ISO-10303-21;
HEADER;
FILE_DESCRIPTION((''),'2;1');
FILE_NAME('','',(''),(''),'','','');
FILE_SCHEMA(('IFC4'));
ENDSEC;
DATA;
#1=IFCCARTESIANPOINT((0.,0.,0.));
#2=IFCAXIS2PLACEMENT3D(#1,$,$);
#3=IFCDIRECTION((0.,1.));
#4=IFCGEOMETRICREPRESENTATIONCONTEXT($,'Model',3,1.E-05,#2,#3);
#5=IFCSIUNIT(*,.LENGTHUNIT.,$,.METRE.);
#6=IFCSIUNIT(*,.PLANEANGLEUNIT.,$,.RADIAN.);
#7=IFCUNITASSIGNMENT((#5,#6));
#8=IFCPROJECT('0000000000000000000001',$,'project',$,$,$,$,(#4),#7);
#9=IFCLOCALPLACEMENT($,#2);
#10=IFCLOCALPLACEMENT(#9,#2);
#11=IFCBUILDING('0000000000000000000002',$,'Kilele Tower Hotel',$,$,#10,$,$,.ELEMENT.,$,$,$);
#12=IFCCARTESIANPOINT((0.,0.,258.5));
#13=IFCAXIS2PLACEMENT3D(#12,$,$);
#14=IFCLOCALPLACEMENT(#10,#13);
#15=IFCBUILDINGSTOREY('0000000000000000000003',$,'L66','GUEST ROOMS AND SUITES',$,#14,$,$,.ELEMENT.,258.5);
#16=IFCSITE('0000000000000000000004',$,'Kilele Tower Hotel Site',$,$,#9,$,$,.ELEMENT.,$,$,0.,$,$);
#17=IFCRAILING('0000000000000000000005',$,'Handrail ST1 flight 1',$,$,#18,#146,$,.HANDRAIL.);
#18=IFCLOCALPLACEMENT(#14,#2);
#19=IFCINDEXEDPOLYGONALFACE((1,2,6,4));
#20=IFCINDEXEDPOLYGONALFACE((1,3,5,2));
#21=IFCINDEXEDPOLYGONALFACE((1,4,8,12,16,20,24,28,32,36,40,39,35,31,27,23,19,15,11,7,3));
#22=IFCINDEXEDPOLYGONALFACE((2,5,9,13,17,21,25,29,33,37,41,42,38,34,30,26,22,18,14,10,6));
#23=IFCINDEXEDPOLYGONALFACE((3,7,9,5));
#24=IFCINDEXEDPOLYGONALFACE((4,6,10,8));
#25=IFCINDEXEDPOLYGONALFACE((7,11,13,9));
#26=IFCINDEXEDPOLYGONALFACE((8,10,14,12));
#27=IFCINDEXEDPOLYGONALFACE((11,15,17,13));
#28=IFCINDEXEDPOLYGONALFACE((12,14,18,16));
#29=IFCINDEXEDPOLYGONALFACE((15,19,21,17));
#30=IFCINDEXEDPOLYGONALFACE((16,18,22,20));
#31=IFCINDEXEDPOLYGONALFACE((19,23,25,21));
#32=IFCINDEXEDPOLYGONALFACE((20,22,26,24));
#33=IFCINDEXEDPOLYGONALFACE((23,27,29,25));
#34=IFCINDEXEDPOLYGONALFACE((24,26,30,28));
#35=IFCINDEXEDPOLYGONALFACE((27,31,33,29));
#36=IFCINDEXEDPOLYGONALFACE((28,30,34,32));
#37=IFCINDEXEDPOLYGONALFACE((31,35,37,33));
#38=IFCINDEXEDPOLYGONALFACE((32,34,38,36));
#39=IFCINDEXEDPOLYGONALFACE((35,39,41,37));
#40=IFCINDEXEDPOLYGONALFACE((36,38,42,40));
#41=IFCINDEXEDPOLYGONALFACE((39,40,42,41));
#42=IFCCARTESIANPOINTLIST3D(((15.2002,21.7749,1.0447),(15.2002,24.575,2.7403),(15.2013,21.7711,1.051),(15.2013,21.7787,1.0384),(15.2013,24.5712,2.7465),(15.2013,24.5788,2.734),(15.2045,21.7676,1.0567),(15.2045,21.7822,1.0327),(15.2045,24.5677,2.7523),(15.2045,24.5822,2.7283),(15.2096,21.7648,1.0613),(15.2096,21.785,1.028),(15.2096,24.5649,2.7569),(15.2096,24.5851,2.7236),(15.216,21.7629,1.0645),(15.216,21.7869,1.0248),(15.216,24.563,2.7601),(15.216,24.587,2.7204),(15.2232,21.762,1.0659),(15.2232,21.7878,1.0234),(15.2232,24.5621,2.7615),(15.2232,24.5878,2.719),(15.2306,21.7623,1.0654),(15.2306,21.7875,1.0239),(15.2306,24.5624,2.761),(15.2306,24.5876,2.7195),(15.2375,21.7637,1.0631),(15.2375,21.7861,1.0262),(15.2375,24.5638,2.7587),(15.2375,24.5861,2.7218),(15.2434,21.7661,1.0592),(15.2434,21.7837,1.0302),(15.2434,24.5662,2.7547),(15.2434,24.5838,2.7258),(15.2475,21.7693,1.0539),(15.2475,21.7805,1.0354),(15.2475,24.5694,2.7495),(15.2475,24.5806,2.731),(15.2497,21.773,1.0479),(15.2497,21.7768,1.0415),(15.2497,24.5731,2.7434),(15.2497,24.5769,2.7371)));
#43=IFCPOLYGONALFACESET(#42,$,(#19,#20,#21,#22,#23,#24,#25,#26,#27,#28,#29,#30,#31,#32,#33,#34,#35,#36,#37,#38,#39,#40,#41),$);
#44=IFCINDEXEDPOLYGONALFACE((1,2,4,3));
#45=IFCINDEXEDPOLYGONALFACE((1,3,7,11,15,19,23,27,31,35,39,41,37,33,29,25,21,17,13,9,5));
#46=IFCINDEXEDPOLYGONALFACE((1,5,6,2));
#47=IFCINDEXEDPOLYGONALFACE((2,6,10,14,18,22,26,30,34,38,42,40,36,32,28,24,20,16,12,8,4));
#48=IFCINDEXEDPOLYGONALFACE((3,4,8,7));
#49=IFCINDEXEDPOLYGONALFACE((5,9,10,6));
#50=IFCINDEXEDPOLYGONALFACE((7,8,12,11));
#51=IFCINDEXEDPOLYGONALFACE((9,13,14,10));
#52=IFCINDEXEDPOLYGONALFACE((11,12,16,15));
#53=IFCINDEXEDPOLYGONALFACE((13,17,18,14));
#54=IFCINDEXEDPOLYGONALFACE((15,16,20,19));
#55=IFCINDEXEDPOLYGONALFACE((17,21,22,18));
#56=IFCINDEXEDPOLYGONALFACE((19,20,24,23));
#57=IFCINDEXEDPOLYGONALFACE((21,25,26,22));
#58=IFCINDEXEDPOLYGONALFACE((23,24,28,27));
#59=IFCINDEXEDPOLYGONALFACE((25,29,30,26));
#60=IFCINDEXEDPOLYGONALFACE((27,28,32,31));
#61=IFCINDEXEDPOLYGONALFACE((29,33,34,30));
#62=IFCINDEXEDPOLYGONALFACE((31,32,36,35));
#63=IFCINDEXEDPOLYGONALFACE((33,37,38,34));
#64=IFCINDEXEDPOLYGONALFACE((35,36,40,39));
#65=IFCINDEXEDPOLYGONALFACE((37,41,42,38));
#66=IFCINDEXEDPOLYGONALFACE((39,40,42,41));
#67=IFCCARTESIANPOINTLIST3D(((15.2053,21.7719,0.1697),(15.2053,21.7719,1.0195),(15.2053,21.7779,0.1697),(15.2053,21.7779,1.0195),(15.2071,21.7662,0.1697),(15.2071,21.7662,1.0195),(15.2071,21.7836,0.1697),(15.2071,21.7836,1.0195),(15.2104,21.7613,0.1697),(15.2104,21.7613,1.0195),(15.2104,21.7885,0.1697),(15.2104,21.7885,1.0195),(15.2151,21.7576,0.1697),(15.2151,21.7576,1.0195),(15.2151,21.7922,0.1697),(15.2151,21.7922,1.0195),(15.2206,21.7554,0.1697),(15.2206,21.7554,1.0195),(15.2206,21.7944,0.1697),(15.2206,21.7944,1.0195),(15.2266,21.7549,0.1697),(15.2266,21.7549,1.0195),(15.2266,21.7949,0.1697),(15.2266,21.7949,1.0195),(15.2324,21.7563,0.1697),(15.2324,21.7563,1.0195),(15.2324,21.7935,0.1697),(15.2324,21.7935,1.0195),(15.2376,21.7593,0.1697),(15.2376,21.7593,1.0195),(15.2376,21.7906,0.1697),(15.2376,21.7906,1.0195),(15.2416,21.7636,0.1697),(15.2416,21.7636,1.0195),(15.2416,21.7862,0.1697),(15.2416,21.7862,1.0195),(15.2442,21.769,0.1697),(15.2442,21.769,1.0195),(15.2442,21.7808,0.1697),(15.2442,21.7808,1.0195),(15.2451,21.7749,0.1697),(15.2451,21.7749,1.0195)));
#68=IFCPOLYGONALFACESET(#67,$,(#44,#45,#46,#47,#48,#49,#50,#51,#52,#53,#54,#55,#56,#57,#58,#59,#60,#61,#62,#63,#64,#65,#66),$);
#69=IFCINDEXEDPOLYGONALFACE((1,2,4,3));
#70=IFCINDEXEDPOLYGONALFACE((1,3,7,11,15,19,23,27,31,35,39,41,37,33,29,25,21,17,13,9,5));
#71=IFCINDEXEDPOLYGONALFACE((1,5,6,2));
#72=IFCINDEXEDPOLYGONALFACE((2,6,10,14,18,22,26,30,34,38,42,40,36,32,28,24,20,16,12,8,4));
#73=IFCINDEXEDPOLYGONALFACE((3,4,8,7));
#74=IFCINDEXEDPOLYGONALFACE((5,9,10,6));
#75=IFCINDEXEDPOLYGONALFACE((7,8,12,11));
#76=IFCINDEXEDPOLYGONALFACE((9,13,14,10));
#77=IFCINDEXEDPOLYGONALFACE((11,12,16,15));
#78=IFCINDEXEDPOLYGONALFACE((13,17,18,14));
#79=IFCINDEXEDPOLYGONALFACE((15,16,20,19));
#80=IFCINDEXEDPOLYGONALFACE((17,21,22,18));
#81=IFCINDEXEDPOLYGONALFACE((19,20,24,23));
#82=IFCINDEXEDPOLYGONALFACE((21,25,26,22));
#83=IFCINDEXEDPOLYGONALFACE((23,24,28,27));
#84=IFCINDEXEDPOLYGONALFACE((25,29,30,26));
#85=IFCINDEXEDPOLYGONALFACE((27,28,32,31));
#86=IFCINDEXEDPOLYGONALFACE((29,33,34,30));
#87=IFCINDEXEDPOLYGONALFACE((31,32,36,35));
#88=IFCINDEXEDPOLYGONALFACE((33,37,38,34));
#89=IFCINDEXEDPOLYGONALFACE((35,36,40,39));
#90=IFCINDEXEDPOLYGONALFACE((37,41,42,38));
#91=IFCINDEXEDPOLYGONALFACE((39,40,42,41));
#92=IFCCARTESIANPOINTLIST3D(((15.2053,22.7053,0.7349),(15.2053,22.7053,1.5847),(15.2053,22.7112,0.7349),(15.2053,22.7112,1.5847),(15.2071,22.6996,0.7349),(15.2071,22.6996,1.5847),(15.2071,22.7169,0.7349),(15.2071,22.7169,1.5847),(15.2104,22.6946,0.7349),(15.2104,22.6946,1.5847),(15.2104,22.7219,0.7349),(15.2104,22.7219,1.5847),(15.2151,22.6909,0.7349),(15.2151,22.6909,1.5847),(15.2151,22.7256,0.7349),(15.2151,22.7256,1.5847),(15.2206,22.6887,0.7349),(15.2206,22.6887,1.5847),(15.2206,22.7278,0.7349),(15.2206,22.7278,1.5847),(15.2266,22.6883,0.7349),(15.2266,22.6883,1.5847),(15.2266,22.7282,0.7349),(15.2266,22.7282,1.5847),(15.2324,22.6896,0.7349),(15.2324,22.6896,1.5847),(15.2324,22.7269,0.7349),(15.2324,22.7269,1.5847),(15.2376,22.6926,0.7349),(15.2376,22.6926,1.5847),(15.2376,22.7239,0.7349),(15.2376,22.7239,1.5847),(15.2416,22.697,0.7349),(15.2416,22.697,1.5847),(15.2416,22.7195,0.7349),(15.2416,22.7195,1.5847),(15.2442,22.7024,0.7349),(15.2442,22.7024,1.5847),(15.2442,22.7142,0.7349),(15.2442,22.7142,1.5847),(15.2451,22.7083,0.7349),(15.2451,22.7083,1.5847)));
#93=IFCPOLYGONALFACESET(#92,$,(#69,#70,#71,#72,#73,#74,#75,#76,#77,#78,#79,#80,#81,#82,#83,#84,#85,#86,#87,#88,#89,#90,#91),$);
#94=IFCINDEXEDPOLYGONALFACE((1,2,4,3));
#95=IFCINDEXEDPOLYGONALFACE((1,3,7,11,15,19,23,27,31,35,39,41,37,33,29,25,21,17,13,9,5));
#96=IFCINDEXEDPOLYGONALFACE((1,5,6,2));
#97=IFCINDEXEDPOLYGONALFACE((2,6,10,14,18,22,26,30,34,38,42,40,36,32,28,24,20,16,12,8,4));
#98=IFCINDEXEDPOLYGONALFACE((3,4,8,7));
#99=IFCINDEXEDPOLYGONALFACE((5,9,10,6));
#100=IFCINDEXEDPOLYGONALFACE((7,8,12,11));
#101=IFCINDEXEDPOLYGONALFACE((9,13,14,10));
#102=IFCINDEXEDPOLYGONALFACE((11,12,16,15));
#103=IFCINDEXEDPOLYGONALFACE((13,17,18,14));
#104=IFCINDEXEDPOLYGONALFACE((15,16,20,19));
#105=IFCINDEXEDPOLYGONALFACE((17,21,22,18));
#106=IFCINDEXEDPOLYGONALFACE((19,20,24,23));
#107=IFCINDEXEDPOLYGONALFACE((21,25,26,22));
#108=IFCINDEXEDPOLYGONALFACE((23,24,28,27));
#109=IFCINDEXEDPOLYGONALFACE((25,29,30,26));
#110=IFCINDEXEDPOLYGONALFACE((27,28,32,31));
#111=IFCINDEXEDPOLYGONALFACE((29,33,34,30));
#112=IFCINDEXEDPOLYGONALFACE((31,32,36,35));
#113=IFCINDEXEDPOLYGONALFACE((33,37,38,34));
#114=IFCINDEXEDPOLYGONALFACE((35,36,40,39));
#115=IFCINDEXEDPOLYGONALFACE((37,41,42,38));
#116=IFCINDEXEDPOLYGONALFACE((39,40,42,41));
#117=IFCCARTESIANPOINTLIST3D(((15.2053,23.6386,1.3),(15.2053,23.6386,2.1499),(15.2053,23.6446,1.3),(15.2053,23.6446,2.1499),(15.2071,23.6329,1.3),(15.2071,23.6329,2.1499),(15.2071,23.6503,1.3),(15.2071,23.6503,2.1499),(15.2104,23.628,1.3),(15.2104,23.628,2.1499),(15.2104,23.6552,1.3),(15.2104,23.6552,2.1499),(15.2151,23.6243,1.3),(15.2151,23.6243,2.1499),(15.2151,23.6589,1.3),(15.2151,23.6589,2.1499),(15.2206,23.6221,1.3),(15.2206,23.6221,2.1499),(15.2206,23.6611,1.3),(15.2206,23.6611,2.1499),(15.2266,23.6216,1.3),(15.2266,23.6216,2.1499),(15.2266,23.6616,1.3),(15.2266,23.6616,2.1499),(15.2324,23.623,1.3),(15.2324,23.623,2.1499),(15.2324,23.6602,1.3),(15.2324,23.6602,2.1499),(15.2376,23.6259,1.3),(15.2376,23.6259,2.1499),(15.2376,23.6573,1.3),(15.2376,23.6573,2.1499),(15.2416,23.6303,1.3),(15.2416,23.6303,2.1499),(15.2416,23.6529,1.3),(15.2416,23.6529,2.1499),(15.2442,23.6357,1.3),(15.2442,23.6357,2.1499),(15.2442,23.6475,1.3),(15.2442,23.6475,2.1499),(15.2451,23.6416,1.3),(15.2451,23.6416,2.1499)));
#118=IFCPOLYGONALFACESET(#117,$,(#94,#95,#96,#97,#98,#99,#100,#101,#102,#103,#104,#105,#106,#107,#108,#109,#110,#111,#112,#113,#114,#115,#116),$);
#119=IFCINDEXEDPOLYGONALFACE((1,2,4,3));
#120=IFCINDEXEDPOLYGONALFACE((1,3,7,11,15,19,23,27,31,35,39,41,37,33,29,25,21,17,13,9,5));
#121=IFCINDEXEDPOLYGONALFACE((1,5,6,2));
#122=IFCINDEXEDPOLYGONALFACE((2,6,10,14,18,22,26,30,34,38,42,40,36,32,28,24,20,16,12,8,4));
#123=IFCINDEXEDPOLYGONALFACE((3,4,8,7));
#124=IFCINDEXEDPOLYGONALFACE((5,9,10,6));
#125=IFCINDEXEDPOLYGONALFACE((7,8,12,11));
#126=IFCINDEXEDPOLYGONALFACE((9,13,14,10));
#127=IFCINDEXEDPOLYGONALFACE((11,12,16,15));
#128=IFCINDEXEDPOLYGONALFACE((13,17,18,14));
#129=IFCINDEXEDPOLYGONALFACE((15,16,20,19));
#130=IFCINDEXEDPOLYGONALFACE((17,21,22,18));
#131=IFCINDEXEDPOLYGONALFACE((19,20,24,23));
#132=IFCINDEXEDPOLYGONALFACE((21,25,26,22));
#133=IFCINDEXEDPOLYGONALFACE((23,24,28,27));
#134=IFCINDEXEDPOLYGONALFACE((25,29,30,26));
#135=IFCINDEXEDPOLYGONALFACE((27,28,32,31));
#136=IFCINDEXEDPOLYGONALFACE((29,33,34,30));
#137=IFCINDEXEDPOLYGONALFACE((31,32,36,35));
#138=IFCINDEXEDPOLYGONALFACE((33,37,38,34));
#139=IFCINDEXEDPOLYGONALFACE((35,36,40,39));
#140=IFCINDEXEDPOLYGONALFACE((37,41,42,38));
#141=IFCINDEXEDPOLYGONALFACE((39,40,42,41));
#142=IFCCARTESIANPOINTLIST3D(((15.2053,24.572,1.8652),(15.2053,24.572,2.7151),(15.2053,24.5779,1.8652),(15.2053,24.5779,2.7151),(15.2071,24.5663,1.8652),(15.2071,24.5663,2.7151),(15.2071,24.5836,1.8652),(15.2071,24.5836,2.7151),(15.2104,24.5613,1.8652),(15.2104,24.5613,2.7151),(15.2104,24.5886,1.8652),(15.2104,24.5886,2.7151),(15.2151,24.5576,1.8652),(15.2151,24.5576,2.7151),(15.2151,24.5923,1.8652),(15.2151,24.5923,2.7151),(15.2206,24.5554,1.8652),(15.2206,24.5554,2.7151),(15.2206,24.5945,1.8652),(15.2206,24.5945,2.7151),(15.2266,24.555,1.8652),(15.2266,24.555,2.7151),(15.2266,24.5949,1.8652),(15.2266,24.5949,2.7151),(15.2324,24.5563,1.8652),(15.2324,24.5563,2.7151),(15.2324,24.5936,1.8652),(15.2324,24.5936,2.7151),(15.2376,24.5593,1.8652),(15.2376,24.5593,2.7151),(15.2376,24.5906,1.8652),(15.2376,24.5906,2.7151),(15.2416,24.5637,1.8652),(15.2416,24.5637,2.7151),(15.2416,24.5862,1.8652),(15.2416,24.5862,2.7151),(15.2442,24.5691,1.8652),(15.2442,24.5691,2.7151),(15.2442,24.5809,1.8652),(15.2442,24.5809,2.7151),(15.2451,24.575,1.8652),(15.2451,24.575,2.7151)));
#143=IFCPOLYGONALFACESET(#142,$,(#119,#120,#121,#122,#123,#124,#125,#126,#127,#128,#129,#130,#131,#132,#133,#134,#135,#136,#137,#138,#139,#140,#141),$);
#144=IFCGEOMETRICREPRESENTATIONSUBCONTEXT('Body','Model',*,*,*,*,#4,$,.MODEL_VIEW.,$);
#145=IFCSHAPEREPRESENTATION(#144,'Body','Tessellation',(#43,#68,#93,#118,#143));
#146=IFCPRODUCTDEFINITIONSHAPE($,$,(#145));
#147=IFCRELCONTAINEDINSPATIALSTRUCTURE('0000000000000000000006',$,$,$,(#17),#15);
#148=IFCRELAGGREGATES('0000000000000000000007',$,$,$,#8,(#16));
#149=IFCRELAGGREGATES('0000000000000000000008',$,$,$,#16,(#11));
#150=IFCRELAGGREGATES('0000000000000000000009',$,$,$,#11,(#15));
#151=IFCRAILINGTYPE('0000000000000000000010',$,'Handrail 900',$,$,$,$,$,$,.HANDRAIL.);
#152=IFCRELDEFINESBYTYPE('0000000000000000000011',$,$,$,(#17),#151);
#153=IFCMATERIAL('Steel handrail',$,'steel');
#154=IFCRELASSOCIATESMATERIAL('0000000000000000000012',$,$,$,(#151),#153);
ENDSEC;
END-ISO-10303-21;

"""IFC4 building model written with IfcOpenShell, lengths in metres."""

from ifc_helpers import new_model, si_unit, direction, frame, origin, origin_2d, place, context, subcontext, project, spatial, circle, extrude, material, type_object, element, save


model = new_model("IFC4")

# Units and contexts
model_context = context("Model", 3, precision=1e-05, world=origin(), true_north=direction((0.0, 1.0)))
body_context = subcontext(model_context, "Body", "Model", "MODEL_VIEW")
ifc_project = project(units=[si_unit("LENGTHUNIT", "METRE"), si_unit("PLANEANGLEUNIT", "RADIAN")], contexts=[model_context])

# Site, building, storey
site_placement = place(None, origin())
site = spatial("IfcSite", under=ifc_project, at=site_placement, Name="Kilele Tower Hotel Site", CompositionType="ELEMENT", RefElevation=0.0)
building_placement = place(site_placement, origin())
building = spatial("IfcBuilding", under=site, at=building_placement, Name="Kilele Tower Hotel", CompositionType="ELEMENT")
storey_placement = place(building_placement, frame((0.0, 0.0, 258.5)))
storey = spatial("IfcBuildingStorey", under=building, at=storey_placement, Name="L66", Description="GUEST ROOMS AND SUITES", CompositionType="ELEMENT", Elevation=258.5)

# Railing
ifc_material_1 = material(Name="Steel handrail", Category="steel")
railing_type_1 = type_object("IfcRailingType", Name="Handrail 900", PredefinedType="HANDRAIL", material=ifc_material_1)
for number, where, name in (
    (1, (15.2251, 21.7749, 0.1697), "Handrail ST1 flight 1"),
):
    element("IfcRailing", number, at=place(storey_placement, frame(where)), inside=storey, type_object=railing_type_1, Name=name, PredefinedType="HANDRAIL", context=body_context, shape_type="SweptSolid", body=[
        extrude(circle(Radius=0.0249, at=origin_2d()), frame((0.0, 0.0, 0.875), z_axis=(0.0, 0.855393, 0.517979), x_axis=(-1.0, 0.0, 0.0)), (0.0, 0.0, 1.0), 3.2734),
        extrude(circle(Radius=0.02, at=origin_2d()), origin(), (0.0, 0.0, 1.0), 0.8499),
        extrude(circle(Radius=0.02, at=origin_2d()), frame((0.0, 0.9333, 0.5652)), (0.0, 0.0, 1.0), 0.8499),
        extrude(circle(Radius=0.02, at=origin_2d()), frame((0.0, 1.8667, 1.1304)), (0.0, 0.0, 1.0), 0.8499),
        extrude(circle(Radius=0.02, at=origin_2d()), frame((0.0, 2.8, 1.6956)), (0.0, 0.0, 1.0), 0.8499),
    ])

save(model, "model.ifc")
